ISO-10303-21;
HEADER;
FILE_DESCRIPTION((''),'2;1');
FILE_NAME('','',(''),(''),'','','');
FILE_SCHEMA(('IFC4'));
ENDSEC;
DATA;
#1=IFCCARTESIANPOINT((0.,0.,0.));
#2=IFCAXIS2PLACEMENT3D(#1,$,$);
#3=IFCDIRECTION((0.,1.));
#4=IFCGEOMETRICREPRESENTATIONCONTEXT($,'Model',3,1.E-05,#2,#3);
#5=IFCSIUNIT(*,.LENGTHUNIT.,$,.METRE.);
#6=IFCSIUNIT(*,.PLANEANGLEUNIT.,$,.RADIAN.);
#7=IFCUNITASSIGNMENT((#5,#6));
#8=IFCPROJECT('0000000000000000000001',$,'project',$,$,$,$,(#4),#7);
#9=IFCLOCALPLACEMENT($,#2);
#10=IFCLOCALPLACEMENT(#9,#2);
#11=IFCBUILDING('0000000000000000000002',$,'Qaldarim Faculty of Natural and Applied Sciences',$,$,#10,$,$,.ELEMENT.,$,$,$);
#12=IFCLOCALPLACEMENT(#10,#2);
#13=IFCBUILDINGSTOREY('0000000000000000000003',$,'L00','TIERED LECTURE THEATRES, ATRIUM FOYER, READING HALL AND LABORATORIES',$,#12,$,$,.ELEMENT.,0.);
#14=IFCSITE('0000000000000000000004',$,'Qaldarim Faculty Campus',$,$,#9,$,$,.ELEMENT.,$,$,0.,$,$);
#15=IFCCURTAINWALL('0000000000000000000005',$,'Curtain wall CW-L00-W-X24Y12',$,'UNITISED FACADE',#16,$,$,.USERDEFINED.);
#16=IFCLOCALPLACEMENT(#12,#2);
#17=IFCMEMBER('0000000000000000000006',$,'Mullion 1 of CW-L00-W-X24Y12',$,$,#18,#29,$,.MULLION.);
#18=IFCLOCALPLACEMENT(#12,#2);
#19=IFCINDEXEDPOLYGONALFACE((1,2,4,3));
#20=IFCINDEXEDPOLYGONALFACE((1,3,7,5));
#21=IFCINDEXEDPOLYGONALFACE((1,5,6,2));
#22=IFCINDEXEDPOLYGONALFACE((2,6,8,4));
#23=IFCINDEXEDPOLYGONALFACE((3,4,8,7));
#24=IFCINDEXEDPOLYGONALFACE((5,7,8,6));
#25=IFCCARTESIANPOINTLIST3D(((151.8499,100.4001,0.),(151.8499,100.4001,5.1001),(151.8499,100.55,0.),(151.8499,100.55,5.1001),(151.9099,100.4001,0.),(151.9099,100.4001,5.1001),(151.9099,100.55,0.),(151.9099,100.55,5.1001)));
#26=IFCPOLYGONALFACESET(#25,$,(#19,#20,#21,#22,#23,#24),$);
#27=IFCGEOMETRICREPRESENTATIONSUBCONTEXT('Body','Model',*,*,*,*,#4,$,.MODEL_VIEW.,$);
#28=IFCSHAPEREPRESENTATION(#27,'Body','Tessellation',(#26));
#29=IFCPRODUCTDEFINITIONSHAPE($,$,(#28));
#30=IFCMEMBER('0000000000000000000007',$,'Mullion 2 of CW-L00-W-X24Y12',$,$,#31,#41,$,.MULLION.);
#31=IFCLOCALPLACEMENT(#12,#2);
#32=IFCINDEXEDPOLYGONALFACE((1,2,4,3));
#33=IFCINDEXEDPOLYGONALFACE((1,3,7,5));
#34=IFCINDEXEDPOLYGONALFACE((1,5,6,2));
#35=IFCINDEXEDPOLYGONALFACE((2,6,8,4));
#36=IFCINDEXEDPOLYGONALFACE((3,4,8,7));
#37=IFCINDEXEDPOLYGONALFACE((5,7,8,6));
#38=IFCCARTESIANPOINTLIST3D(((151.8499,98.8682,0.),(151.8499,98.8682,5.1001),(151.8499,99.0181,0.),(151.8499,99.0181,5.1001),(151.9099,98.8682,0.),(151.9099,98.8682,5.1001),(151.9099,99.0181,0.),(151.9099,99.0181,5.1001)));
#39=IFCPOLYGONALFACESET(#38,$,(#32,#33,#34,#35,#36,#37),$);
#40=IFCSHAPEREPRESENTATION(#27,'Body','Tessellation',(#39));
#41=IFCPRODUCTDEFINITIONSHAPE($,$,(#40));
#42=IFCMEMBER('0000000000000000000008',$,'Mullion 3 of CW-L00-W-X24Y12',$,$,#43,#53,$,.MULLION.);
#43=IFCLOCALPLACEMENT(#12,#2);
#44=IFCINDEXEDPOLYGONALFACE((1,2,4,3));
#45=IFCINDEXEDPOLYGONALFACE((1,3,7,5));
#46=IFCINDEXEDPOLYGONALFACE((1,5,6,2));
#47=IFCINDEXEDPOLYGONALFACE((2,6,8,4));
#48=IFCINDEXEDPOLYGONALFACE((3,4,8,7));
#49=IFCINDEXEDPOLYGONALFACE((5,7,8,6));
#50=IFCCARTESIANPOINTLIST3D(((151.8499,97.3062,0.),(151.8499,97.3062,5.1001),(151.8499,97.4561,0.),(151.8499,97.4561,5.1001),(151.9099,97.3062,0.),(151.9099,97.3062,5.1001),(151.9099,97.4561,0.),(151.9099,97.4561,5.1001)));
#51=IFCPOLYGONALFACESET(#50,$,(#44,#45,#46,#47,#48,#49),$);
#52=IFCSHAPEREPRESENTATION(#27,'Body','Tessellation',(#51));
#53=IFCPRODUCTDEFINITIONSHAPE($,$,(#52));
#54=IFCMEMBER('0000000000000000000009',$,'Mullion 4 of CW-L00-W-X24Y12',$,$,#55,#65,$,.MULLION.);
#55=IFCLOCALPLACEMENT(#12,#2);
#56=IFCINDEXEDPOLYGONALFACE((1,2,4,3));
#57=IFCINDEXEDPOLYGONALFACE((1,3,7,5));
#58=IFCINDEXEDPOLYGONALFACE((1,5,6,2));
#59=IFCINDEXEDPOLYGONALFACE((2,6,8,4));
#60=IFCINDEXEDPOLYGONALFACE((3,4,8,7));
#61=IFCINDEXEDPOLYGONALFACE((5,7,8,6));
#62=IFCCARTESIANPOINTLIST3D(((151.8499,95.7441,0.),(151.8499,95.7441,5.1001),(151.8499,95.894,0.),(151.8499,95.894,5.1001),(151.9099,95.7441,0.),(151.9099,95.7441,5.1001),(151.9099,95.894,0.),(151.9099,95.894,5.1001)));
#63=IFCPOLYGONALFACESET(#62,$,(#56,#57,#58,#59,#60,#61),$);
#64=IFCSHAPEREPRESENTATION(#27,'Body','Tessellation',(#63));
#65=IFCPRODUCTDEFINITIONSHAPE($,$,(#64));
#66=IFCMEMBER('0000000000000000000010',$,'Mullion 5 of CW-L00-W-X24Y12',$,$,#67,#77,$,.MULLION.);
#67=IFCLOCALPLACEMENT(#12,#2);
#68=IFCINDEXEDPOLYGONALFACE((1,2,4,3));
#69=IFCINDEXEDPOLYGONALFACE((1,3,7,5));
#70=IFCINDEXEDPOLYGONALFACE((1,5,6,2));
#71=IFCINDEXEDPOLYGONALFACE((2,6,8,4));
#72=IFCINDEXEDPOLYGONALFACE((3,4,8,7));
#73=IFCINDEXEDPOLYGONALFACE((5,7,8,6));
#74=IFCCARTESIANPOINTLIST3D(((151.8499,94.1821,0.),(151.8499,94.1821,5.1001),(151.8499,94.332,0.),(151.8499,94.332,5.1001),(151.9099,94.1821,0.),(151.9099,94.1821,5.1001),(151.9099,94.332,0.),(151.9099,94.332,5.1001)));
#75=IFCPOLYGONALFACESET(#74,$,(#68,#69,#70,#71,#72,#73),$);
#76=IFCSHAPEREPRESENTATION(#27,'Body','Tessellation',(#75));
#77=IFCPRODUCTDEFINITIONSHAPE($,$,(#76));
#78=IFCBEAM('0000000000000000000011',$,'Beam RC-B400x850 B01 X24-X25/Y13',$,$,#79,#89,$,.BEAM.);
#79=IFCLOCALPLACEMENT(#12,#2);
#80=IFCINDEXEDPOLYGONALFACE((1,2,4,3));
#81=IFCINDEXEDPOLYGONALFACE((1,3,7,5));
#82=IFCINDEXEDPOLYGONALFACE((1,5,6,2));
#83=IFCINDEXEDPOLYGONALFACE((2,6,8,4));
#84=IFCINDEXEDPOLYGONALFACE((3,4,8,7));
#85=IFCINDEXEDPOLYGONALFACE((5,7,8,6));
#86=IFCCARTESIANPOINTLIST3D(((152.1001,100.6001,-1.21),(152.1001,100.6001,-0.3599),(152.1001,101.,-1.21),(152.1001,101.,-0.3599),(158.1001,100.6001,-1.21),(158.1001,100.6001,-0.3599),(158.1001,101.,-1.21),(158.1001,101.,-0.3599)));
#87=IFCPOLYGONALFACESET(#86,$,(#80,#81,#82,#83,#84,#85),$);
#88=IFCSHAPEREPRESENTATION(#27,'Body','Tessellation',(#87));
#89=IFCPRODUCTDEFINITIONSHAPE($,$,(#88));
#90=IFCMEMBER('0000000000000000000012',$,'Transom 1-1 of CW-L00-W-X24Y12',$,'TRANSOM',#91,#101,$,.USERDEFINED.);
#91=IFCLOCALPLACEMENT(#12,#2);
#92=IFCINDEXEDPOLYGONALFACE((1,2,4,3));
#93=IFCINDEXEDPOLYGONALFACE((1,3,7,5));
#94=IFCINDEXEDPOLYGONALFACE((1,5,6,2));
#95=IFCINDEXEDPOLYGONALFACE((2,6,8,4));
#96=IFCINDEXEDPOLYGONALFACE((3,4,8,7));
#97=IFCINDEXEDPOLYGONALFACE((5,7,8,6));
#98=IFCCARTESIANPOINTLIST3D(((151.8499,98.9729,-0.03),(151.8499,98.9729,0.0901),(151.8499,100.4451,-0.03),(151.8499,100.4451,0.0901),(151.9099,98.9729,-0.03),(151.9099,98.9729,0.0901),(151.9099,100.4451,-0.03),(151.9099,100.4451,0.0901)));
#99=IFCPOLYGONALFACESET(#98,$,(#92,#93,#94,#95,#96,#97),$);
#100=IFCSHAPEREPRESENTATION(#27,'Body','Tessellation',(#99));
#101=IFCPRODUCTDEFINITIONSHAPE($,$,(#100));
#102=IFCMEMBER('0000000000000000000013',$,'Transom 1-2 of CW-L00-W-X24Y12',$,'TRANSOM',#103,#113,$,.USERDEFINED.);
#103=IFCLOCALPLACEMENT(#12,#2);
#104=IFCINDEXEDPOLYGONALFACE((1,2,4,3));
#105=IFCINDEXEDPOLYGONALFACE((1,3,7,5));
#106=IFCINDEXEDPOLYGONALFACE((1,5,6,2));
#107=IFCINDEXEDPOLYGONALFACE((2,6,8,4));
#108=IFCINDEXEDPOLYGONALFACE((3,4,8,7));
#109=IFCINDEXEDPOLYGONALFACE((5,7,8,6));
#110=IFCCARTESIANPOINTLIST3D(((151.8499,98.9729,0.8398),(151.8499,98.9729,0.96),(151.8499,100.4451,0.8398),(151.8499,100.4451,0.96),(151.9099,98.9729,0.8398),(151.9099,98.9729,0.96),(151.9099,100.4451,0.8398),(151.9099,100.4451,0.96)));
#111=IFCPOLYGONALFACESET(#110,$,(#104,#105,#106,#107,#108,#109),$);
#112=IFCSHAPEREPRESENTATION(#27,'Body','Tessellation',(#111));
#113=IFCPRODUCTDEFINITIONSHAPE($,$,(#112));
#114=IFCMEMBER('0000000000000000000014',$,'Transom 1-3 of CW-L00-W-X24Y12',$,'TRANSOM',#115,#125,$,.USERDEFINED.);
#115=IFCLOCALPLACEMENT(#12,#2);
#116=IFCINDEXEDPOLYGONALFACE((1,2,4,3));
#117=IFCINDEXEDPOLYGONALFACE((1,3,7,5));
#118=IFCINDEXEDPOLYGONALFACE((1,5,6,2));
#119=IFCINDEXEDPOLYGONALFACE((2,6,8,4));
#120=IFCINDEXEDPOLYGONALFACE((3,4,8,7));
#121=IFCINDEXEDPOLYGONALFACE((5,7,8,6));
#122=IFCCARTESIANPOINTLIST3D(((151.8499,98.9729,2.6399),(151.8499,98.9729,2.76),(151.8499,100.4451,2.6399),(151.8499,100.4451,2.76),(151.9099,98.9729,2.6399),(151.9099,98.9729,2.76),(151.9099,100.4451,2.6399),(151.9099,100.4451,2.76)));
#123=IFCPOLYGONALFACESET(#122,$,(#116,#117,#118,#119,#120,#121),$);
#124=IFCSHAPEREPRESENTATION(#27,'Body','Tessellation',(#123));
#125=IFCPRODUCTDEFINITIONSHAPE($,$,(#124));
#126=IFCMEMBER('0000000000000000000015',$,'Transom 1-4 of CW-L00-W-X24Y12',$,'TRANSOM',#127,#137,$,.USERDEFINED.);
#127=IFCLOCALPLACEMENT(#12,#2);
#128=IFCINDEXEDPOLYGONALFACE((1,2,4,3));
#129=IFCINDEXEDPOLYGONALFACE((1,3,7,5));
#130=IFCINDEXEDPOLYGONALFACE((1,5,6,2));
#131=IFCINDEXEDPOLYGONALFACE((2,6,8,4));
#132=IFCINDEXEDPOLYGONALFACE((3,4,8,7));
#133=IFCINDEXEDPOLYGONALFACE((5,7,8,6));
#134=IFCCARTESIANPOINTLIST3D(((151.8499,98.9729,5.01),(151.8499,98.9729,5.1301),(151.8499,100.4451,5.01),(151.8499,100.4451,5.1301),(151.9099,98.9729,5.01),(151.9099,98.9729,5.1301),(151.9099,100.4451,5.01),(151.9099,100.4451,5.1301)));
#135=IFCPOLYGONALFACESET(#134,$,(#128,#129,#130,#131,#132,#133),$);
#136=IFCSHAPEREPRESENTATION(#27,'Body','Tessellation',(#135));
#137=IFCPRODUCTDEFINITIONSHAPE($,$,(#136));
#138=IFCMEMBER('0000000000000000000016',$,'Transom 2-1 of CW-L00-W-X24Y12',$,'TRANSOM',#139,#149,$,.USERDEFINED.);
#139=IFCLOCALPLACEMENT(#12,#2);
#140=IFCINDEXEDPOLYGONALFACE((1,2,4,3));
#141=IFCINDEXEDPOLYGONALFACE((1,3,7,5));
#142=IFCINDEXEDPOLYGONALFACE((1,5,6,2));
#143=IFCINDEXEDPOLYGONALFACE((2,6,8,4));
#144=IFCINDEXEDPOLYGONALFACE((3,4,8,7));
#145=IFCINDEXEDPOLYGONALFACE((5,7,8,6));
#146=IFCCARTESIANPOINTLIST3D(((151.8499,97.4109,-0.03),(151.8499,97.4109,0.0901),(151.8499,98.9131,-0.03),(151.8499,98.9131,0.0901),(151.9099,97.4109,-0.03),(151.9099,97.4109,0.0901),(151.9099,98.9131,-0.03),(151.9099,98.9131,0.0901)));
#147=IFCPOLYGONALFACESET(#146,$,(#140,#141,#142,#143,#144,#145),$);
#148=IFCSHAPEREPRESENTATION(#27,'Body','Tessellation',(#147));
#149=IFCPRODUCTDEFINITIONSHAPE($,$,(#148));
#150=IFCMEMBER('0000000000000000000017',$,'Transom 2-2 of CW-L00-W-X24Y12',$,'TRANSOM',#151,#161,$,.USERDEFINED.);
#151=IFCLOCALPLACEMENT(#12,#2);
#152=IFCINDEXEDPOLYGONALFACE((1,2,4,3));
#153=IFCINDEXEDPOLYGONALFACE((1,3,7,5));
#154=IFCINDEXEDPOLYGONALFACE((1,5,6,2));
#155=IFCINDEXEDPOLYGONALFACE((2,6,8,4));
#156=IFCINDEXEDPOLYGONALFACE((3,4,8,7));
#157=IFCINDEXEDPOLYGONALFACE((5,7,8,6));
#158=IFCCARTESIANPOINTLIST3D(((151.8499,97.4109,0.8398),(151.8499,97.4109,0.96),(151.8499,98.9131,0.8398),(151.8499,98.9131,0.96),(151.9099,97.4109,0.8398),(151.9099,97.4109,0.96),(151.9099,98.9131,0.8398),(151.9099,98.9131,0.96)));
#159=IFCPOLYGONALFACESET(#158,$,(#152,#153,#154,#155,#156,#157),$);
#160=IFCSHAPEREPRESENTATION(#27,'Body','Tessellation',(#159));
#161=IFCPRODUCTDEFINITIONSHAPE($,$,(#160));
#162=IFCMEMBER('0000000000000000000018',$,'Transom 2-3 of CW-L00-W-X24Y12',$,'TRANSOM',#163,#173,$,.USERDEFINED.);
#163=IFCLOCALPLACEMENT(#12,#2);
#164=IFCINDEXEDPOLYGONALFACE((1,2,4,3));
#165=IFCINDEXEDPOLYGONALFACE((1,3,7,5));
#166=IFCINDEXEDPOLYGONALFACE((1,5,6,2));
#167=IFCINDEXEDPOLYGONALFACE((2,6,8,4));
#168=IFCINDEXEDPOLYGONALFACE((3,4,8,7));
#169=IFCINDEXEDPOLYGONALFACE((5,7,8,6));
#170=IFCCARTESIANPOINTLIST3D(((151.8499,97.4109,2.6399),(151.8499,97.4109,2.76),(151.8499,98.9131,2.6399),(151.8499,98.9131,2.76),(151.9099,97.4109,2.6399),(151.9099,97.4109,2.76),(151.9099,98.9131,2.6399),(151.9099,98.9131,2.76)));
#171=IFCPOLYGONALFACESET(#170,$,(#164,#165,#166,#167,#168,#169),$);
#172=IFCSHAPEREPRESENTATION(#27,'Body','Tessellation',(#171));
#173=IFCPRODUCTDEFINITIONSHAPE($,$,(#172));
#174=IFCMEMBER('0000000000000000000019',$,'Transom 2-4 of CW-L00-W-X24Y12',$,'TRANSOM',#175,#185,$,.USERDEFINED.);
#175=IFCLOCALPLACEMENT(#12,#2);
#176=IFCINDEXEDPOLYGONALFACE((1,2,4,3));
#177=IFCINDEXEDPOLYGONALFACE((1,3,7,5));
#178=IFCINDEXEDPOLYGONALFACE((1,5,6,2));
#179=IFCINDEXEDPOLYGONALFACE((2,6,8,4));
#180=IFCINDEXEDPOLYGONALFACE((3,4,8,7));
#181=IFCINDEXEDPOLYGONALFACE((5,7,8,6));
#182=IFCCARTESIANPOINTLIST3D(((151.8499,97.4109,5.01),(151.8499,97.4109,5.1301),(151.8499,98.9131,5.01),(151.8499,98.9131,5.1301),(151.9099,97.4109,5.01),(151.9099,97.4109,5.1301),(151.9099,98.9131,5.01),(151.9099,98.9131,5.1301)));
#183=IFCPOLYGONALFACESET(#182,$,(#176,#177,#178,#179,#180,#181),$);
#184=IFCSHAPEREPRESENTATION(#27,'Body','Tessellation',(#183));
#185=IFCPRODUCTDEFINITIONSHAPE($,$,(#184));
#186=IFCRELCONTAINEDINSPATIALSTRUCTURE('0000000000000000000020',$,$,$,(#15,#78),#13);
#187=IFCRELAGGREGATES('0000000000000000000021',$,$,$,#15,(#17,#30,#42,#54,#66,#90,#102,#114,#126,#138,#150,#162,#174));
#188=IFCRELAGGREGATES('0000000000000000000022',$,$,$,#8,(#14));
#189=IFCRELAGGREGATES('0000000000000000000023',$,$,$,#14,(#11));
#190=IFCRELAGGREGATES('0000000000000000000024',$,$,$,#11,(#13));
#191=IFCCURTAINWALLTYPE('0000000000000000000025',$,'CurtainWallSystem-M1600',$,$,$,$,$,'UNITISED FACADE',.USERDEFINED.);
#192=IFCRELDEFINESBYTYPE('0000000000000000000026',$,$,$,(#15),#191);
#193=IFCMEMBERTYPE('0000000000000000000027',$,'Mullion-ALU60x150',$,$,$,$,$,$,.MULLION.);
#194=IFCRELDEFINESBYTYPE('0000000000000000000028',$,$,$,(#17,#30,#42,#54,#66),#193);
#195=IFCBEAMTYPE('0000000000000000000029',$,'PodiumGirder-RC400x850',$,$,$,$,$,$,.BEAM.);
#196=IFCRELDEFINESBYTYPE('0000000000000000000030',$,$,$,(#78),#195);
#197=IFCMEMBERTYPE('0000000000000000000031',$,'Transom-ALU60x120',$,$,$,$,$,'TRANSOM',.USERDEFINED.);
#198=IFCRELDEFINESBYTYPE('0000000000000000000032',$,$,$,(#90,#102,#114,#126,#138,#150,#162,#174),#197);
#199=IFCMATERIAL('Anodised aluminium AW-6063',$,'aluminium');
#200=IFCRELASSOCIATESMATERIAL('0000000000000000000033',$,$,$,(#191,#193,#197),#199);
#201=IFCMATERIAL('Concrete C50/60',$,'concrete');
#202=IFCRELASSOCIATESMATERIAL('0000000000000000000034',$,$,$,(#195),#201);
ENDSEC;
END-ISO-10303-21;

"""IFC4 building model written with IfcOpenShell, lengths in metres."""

from ifc_helpers import new_model, si_unit, direction, frame, origin, origin_2d, place, context, subcontext, project, spatial, rectangle, extrude, material, material_profile, profile_set, type_object, element, aggregate, save


model = new_model("IFC4")

# Units and contexts
model_context = context("Model", 3, precision=1e-05, world=origin(), true_north=direction((0.0, 1.0)))
body_context = subcontext(model_context, "Body", "Model", "MODEL_VIEW")
ifc_project = project(units=[si_unit("LENGTHUNIT", "METRE"), si_unit("PLANEANGLEUNIT", "RADIAN")], contexts=[model_context])

# Site, building, storey
site_placement = place(None, origin())
site = spatial("IfcSite", under=ifc_project, at=site_placement, Name="Qaldarim Faculty Campus", CompositionType="ELEMENT", RefElevation=0.0)
building_placement = place(site_placement, origin())
building = spatial("IfcBuilding", under=site, at=building_placement, Name="Qaldarim Faculty of Natural and Applied Sciences", CompositionType="ELEMENT")
storey_placement = place(building_placement, origin())
storey = spatial("IfcBuildingStorey", under=building, at=storey_placement, Name="L00", Description="TIERED LECTURE THEATRES, ATRIUM FOYER, READING HALL AND LABORATORIES", CompositionType="ELEMENT", Elevation=0.0)

# Curtain wall, members
ifc_material_1 = material(Name="Anodised aluminium AW-6063", Category="aluminium")
curtain_wall_type = type_object("IfcCurtainWallType", Name="CurtainWallSystem-M1600", ElementType="UNITISED FACADE", PredefinedType="USERDEFINED", material=ifc_material_1)
curtain_wall_placement = place(storey_placement, origin())
curtain_wall = element("IfcCurtainWall", 1, at=curtain_wall_placement, inside=storey, type_object=curtain_wall_type, Name="Curtain wall CW-L00-W-X24Y12", ObjectType="UNITISED FACADE", PredefinedType="USERDEFINED")
ifc_material_profile_1 = material_profile(ifc_material_1, rectangle(XDim=0.0601, YDim=0.1499, at=origin_2d()), Name="ALU-M60x150")
ifc_profile_set_1 = profile_set([ifc_material_profile_1], Name="Anodised aluminium AW-6063")
member_type_1 = type_object("IfcMemberType", Name="Mullion-ALU60x150", PredefinedType="MULLION", material=ifc_profile_set_1)
member_1_placement = place(storey_placement, frame((151.8799, 100.4751, 0.0), z_axis=(0.0, 0.0, 1.0), x_axis=(1.0, 0.0, 0.0)))
member_1 = element("IfcMember", 2, at=member_1_placement, type_object=member_type_1, Name="Mullion 1 of CW-L00-W-X24Y12", PredefinedType="MULLION", context=body_context, shape_type="SweptSolid", body=[
    extrude(rectangle(XDim=0.0601, YDim=0.1499, at=origin_2d()), origin(), (0.0, 0.0, 1.0), 5.1001),
])
member_2_placement = place(storey_placement, frame((151.8799, 98.9431, 0.0), z_axis=(0.0, 0.0, 1.0), x_axis=(1.0, 0.0, 0.0)))
member_2 = element("IfcMember", 3, at=member_2_placement, type_object=member_type_1, Name="Mullion 2 of CW-L00-W-X24Y12", PredefinedType="MULLION", context=body_context, shape_type="SweptSolid", body=[
    extrude(rectangle(XDim=0.0601, YDim=0.1499, at=origin_2d()), origin(), (0.0, 0.0, 1.0), 5.1001),
])
member_3_placement = place(storey_placement, frame((151.8799, 97.3811, 0.0), z_axis=(0.0, 0.0, 1.0), x_axis=(1.0, 0.0, 0.0)))
member_3 = element("IfcMember", 4, at=member_3_placement, type_object=member_type_1, Name="Mullion 3 of CW-L00-W-X24Y12", PredefinedType="MULLION", context=body_context, shape_type="SweptSolid", body=[
    extrude(rectangle(XDim=0.0601, YDim=0.1499, at=origin_2d()), origin(), (0.0, 0.0, 1.0), 5.1001),
])
member_4_placement = place(storey_placement, frame((151.8799, 95.8191, 0.0), z_axis=(0.0, 0.0, 1.0), x_axis=(1.0, 0.0, 0.0)))
member_4 = element("IfcMember", 5, at=member_4_placement, type_object=member_type_1, Name="Mullion 4 of CW-L00-W-X24Y12", PredefinedType="MULLION", context=body_context, shape_type="SweptSolid", body=[
    extrude(rectangle(XDim=0.0601, YDim=0.1499, at=origin_2d()), origin(), (0.0, 0.0, 1.0), 5.1001),
])
member_5_placement = place(storey_placement, frame((151.8799, 94.2571, 0.0), z_axis=(0.0, 0.0, 1.0), x_axis=(1.0, 0.0, 0.0)))
member_5 = element("IfcMember", 6, at=member_5_placement, type_object=member_type_1, Name="Mullion 5 of CW-L00-W-X24Y12", PredefinedType="MULLION", context=body_context, shape_type="SweptSolid", body=[
    extrude(rectangle(XDim=0.0601, YDim=0.1499, at=origin_2d()), origin(), (0.0, 0.0, 1.0), 5.1001),
])

# Beam
ifc_material_2 = material(Name="Concrete C50/60", Category="concrete")
ifc_material_profile_2 = material_profile(ifc_material_2, rectangle(XDim=0.3999, YDim=0.8501, at=origin_2d()), Name="RC-B400x850")
ifc_profile_set_2 = profile_set([ifc_material_profile_2], Name="Concrete C50/60")
beam_type = type_object("IfcBeamType", Name="PodiumGirder-RC400x850", PredefinedType="BEAM", material=ifc_profile_set_2)
beam_placement = place(storey_placement, frame((152.1001, 100.8, -0.7849), z_axis=(1.0, 0.0, 0.0), x_axis=(0.0, 1.0, 0.0)))
element("IfcBeam", 7, at=beam_placement, inside=storey, type_object=beam_type, Name="Beam RC-B400x850 B01 X24-X25/Y13", PredefinedType="BEAM", context=body_context, shape_type="SweptSolid", body=[
    extrude(rectangle(XDim=0.3999, YDim=0.8501, at=origin_2d()), origin(), (0.0, 0.0, 1.0), 6.0),
])

# Members
ifc_material_profile_3 = material_profile(ifc_material_1, rectangle(XDim=0.0601, YDim=0.1201, at=origin_2d()), Name="ALU-T60x120")
ifc_profile_set_3 = profile_set([ifc_material_profile_3], Name="Anodised aluminium AW-6063")
member_type_2 = type_object("IfcMemberType", Name="Transom-ALU60x120", ElementType="TRANSOM", PredefinedType="USERDEFINED", material=ifc_profile_set_3)
member_6_placement = place(storey_placement, frame((151.8799, 100.4451, 0.03), z_axis=(0.0, -1.0, 0.0), x_axis=(1.0, 0.0, 0.0)))
member_6 = element("IfcMember", 8, at=member_6_placement, type_object=member_type_2, Name="Transom 1-1 of CW-L00-W-X24Y12", ObjectType="TRANSOM", PredefinedType="USERDEFINED", context=body_context, shape_type="SweptSolid", body=[
    extrude(rectangle(XDim=0.0601, YDim=0.1201, at=origin_2d()), origin(), (0.0, 0.0, 1.0), 1.4722),
])
member_7_placement = place(storey_placement, frame((151.8799, 100.4451, 0.8999), z_axis=(0.0, -1.0, 0.0), x_axis=(1.0, 0.0, 0.0)))
member_7 = element("IfcMember", 9, at=member_7_placement, type_object=member_type_2, Name="Transom 1-2 of CW-L00-W-X24Y12", ObjectType="TRANSOM", PredefinedType="USERDEFINED", context=body_context, shape_type="SweptSolid", body=[
    extrude(rectangle(XDim=0.0601, YDim=0.1201, at=origin_2d()), origin(), (0.0, 0.0, 1.0), 1.4722),
])
member_8_placement = place(storey_placement, frame((151.8799, 100.4451, 2.7), z_axis=(0.0, -1.0, 0.0), x_axis=(1.0, 0.0, 0.0)))
member_8 = element("IfcMember", 10, at=member_8_placement, type_object=member_type_2, Name="Transom 1-3 of CW-L00-W-X24Y12", ObjectType="TRANSOM", PredefinedType="USERDEFINED", context=body_context, shape_type="SweptSolid", body=[
    extrude(rectangle(XDim=0.0601, YDim=0.1201, at=origin_2d()), origin(), (0.0, 0.0, 1.0), 1.4722),
])
member_9_placement = place(storey_placement, frame((151.8799, 100.4451, 5.0701), z_axis=(0.0, -1.0, 0.0), x_axis=(1.0, 0.0, 0.0)))
member_9 = element("IfcMember", 11, at=member_9_placement, type_object=member_type_2, Name="Transom 1-4 of CW-L00-W-X24Y12", ObjectType="TRANSOM", PredefinedType="USERDEFINED", context=body_context, shape_type="SweptSolid", body=[
    extrude(rectangle(XDim=0.0601, YDim=0.1201, at=origin_2d()), origin(), (0.0, 0.0, 1.0), 1.4722),
])
member_10_placement = place(storey_placement, frame((151.8799, 98.9131, 0.03), z_axis=(0.0, -1.0, 0.0), x_axis=(1.0, 0.0, 0.0)))
member_10 = element("IfcMember", 12, at=member_10_placement, type_object=member_type_2, Name="Transom 2-1 of CW-L00-W-X24Y12", ObjectType="TRANSOM", PredefinedType="USERDEFINED", context=body_context, shape_type="SweptSolid", body=[
    extrude(rectangle(XDim=0.0601, YDim=0.1201, at=origin_2d()), origin(), (0.0, 0.0, 1.0), 1.5022),
])
member_11_placement = place(storey_placement, frame((151.8799, 98.9131, 0.8999), z_axis=(0.0, -1.0, 0.0), x_axis=(1.0, 0.0, 0.0)))
member_11 = element("IfcMember", 13, at=member_11_placement, type_object=member_type_2, Name="Transom 2-2 of CW-L00-W-X24Y12", ObjectType="TRANSOM", PredefinedType="USERDEFINED", context=body_context, shape_type="SweptSolid", body=[
    extrude(rectangle(XDim=0.0601, YDim=0.1201, at=origin_2d()), origin(), (0.0, 0.0, 1.0), 1.5022),
])
member_12_placement = place(storey_placement, frame((151.8799, 98.9131, 2.7), z_axis=(0.0, -1.0, 0.0), x_axis=(1.0, 0.0, 0.0)))
member_12 = element("IfcMember", 14, at=member_12_placement, type_object=member_type_2, Name="Transom 2-3 of CW-L00-W-X24Y12", ObjectType="TRANSOM", PredefinedType="USERDEFINED", context=body_context, shape_type="SweptSolid", body=[
    extrude(rectangle(XDim=0.0601, YDim=0.1201, at=origin_2d()), origin(), (0.0, 0.0, 1.0), 1.5022),
])
member_13_placement = place(storey_placement, frame((151.8799, 98.9131, 5.0701), z_axis=(0.0, -1.0, 0.0), x_axis=(1.0, 0.0, 0.0)))
member_13 = element("IfcMember", 15, at=member_13_placement, type_object=member_type_2, Name="Transom 2-4 of CW-L00-W-X24Y12", ObjectType="TRANSOM", PredefinedType="USERDEFINED", context=body_context, shape_type="SweptSolid", body=[
    extrude(rectangle(XDim=0.0601, YDim=0.1201, at=origin_2d()), origin(), (0.0, 0.0, 1.0), 1.5022),
])

aggregate(curtain_wall, [member_1, member_2, member_3, member_4, member_5, member_6, member_7, member_8, member_9, member_10, member_11, member_12, member_13])

save(model, "model.ifc")
